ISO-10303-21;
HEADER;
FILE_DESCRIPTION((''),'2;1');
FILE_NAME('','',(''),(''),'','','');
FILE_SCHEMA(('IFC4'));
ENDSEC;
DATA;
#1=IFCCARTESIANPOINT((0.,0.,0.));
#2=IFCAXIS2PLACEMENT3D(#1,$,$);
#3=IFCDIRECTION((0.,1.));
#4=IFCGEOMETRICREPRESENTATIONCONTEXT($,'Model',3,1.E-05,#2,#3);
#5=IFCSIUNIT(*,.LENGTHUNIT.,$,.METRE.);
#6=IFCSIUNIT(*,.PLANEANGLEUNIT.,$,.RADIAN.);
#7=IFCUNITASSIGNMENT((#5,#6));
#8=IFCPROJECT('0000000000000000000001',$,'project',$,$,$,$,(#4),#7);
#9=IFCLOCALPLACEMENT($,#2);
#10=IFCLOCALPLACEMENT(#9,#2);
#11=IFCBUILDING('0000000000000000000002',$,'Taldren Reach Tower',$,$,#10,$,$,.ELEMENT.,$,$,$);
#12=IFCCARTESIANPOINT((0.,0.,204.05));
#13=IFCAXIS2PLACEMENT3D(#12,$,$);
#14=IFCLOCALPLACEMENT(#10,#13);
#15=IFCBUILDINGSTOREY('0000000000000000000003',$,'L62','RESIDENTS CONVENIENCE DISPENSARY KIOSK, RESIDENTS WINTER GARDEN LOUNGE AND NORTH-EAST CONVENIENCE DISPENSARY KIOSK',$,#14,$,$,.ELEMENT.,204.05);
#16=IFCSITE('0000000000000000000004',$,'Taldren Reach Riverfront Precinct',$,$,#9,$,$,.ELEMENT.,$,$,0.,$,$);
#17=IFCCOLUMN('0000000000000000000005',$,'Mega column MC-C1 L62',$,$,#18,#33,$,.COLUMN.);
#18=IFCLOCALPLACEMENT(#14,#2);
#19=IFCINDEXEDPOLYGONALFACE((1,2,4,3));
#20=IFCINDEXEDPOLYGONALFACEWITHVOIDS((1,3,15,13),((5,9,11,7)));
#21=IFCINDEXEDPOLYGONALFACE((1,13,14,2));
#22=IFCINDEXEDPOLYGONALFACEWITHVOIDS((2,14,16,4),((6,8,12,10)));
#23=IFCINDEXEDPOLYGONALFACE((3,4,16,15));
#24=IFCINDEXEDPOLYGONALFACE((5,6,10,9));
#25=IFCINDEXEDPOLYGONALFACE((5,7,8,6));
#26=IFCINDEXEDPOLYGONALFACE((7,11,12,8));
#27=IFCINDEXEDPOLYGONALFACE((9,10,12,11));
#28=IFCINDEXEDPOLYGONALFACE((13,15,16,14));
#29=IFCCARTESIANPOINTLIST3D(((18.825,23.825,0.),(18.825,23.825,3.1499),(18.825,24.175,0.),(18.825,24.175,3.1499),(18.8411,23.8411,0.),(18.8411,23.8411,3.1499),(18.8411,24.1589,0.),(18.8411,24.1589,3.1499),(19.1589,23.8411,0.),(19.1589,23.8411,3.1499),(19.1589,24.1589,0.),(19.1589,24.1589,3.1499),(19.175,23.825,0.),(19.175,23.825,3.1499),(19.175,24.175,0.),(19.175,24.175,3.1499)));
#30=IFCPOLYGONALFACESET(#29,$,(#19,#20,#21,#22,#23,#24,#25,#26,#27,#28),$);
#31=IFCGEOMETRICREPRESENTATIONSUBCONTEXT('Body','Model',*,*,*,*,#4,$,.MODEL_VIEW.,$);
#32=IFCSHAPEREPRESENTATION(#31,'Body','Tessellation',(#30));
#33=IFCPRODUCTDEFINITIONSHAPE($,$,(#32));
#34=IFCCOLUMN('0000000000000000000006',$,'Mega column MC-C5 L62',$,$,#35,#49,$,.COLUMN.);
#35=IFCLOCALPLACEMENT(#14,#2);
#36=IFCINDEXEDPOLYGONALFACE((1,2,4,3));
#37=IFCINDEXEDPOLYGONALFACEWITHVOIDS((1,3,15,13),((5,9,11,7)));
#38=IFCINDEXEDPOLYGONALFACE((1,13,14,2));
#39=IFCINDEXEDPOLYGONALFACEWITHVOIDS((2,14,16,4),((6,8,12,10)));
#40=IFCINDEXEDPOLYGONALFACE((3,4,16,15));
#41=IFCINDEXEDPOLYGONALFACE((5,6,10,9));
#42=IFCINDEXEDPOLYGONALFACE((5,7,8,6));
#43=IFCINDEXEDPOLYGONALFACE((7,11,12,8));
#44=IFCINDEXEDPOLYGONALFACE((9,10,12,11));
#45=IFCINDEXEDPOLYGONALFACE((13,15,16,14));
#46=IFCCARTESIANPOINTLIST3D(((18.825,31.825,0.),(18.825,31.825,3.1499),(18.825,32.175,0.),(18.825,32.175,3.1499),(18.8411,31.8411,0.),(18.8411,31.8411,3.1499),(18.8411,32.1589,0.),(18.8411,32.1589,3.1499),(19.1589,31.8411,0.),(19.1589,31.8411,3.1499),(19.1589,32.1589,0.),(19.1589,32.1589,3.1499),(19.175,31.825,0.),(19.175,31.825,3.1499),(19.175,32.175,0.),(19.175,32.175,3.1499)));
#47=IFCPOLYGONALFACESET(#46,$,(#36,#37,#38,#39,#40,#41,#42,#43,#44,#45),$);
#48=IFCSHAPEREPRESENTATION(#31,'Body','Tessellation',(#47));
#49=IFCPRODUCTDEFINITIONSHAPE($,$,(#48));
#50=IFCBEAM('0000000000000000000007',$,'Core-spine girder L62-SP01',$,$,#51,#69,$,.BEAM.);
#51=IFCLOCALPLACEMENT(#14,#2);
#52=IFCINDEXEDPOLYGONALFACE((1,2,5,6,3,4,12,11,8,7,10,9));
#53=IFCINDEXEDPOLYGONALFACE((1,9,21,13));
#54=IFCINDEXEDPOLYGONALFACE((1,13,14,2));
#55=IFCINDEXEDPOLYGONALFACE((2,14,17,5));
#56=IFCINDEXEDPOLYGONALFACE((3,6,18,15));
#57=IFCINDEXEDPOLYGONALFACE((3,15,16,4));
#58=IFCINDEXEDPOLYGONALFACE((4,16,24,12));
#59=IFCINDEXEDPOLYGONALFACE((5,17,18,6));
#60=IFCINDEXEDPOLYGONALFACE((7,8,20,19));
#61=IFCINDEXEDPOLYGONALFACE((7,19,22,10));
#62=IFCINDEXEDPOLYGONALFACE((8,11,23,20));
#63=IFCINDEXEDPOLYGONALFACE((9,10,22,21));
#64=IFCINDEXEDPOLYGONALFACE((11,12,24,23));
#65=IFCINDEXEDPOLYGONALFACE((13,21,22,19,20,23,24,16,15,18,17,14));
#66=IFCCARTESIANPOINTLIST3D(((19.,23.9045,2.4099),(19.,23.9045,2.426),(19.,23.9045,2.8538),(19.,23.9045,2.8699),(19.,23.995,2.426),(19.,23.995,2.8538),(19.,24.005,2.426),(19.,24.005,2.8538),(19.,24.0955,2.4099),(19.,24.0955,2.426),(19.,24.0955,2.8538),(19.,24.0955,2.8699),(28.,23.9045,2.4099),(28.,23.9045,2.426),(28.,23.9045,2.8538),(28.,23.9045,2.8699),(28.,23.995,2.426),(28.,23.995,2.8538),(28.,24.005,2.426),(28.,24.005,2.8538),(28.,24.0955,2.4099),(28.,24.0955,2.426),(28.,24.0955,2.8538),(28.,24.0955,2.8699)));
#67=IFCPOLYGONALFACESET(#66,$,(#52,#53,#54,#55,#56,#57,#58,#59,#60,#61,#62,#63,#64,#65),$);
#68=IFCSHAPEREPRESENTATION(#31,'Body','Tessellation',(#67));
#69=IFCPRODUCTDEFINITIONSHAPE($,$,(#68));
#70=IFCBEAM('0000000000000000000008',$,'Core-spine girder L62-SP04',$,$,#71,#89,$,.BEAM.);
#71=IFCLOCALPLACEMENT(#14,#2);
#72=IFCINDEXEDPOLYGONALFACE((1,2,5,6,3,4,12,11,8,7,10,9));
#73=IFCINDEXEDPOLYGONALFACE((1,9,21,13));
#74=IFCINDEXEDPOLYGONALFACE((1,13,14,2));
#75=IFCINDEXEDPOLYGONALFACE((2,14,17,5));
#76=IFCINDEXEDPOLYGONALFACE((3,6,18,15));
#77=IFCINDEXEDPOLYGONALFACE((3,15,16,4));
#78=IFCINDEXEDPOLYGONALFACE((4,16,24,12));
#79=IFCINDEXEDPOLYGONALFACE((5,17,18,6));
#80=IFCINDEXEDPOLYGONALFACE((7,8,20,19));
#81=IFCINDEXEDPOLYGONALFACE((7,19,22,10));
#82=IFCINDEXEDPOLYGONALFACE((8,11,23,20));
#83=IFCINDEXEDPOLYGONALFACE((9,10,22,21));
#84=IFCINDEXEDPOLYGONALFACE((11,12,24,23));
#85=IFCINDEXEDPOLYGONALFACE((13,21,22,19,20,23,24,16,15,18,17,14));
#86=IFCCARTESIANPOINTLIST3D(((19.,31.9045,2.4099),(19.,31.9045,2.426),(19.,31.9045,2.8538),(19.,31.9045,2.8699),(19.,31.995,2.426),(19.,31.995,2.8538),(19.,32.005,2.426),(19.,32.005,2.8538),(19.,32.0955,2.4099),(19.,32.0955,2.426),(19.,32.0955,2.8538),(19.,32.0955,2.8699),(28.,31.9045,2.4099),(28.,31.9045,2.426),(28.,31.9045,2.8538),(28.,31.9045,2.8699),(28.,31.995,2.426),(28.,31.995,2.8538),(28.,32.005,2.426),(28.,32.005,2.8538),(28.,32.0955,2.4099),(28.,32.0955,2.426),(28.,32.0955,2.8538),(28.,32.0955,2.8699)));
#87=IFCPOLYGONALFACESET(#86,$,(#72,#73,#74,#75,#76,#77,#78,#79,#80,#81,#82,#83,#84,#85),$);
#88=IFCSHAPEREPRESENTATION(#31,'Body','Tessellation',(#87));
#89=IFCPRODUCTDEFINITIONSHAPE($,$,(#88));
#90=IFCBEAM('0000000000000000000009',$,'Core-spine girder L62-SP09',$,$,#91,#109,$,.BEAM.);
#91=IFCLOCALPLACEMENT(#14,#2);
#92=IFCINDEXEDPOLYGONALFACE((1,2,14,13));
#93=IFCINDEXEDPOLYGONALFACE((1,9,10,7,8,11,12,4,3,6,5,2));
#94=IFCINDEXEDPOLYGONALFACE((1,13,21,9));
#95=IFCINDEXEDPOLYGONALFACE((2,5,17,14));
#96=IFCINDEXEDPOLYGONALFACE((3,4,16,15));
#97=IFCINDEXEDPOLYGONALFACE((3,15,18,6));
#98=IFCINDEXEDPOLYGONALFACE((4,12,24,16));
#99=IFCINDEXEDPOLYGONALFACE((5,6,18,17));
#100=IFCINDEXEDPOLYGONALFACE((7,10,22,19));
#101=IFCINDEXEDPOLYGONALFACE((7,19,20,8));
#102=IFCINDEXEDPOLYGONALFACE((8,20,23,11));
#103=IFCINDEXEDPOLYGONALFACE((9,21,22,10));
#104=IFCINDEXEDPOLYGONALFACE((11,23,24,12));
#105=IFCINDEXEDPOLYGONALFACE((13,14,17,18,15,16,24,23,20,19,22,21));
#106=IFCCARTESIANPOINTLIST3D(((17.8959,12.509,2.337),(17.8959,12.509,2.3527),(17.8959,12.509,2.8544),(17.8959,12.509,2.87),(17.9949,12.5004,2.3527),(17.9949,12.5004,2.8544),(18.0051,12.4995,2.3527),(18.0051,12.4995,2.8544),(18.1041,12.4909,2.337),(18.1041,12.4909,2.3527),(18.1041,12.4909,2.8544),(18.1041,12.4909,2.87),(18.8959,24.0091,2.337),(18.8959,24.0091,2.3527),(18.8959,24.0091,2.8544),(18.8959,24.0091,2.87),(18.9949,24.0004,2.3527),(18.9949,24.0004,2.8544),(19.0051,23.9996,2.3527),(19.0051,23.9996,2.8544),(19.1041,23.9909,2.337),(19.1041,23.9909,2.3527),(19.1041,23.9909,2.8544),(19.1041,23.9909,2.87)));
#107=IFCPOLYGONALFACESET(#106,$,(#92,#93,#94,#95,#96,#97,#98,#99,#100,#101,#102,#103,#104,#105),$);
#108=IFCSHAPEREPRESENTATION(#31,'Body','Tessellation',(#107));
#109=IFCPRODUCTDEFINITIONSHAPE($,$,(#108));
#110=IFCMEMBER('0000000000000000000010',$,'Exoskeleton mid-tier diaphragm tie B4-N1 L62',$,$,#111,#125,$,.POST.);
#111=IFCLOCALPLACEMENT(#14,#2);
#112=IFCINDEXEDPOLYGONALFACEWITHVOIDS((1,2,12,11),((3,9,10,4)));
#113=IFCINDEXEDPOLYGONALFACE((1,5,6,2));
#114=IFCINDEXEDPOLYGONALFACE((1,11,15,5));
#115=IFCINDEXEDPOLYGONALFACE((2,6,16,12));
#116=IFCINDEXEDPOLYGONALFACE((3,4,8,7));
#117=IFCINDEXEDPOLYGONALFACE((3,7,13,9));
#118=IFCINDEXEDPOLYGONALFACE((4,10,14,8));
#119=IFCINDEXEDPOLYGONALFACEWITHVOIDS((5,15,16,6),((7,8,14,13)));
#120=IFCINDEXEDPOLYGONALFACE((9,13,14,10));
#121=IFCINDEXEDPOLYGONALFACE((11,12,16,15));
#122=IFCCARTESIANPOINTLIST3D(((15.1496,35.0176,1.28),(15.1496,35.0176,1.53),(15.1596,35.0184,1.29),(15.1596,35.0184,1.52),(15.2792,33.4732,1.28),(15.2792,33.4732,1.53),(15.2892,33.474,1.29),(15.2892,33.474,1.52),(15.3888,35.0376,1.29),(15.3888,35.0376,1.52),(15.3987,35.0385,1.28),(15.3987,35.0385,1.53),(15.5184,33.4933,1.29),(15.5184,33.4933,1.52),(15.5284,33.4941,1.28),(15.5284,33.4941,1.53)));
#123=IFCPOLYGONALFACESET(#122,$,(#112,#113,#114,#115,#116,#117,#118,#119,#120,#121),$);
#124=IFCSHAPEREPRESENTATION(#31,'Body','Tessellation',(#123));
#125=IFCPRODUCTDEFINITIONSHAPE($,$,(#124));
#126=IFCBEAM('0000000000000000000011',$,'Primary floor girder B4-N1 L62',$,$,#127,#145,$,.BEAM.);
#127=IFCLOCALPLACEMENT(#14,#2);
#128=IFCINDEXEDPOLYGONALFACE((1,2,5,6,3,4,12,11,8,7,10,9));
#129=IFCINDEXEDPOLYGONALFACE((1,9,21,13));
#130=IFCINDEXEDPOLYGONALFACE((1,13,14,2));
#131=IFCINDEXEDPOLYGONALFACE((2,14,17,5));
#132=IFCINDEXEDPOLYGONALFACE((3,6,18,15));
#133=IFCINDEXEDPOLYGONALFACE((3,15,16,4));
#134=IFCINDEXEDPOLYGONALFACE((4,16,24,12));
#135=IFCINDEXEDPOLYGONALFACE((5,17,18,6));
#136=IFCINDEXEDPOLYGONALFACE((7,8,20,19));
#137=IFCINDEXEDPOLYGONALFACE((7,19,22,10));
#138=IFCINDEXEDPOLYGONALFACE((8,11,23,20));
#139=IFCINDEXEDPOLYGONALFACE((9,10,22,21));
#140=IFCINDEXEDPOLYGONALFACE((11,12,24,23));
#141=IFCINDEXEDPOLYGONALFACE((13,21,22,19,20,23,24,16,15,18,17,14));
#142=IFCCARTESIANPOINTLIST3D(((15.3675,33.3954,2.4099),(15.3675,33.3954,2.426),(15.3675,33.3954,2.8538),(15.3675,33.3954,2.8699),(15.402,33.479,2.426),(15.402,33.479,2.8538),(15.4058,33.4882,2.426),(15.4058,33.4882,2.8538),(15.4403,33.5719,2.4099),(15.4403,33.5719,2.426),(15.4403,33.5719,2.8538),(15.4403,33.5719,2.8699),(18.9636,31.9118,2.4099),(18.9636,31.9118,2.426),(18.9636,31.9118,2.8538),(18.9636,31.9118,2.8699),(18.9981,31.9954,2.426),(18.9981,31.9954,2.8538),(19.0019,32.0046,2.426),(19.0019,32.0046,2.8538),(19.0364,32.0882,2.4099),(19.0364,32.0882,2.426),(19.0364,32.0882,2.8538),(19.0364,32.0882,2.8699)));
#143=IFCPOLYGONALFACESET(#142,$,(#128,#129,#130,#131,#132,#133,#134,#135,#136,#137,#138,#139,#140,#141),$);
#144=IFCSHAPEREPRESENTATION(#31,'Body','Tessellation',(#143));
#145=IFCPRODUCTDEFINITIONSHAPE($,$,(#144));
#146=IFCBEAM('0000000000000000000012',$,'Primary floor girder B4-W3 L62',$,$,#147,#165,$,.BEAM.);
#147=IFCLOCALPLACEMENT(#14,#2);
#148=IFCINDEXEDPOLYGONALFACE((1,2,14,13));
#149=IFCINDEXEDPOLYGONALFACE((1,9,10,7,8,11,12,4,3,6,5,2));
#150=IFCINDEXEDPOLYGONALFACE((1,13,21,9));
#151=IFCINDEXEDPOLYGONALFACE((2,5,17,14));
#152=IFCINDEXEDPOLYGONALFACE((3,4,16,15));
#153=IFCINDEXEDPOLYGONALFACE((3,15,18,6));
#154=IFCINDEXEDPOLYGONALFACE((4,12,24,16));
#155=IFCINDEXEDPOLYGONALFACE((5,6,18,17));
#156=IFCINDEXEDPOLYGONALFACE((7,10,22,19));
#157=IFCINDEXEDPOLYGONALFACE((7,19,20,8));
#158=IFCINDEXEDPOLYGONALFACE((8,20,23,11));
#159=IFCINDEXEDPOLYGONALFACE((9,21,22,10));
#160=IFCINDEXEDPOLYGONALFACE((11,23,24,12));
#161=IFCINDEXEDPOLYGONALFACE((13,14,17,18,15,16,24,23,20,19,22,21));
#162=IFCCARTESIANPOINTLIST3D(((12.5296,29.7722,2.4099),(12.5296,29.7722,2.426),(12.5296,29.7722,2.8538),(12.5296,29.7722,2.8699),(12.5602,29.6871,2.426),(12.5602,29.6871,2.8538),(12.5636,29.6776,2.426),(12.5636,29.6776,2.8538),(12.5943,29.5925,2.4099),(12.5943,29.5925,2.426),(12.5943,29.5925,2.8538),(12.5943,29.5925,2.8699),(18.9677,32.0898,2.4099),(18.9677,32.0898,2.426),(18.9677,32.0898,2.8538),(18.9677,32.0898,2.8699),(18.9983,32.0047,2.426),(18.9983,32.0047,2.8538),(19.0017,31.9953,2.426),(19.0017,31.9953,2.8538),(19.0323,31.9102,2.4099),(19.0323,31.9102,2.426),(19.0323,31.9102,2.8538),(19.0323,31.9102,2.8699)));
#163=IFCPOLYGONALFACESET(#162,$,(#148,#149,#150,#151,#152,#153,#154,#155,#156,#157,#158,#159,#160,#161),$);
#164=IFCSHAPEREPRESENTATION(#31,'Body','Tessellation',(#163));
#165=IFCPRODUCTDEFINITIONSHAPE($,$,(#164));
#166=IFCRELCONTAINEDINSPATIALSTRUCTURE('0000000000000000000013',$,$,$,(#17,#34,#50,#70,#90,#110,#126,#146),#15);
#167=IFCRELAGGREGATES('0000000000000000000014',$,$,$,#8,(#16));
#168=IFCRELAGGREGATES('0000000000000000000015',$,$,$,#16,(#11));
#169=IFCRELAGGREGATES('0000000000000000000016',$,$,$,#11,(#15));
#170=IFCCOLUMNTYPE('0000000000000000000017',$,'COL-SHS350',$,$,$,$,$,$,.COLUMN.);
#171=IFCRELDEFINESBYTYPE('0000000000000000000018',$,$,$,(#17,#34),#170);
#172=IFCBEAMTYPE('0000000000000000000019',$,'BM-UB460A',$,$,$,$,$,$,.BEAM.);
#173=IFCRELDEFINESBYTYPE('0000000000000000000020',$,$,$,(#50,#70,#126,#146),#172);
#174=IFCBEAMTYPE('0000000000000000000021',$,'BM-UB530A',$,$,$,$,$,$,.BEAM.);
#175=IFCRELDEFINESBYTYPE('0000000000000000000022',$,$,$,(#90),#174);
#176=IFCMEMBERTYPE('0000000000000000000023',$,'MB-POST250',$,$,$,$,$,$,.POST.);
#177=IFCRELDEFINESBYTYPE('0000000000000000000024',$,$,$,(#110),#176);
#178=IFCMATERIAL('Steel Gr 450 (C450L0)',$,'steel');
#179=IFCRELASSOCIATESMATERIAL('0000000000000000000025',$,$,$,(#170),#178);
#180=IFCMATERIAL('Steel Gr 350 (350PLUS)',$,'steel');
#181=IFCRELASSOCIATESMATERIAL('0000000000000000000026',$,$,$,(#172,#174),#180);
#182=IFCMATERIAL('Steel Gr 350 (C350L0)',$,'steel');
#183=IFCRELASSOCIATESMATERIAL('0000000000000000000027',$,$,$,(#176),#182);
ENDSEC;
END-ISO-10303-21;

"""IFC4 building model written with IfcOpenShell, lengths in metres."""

from ifc_helpers import new_model, si_unit, direction, frame, origin, origin_2d, place, context, subcontext, project, spatial, hollow_rectangle, i_section, extrude, source, transform, mapped, material, material_profile, profile_set, type_object, element, save


model = new_model("IFC4")

# Units and contexts
model_context = context("Model", 3, precision=1e-05, world=origin(), true_north=direction((0.0, 1.0)))
body_context = subcontext(model_context, "Body", "Model", "MODEL_VIEW")
ifc_project = project(units=[si_unit("LENGTHUNIT", "METRE"), si_unit("PLANEANGLEUNIT", "RADIAN")], contexts=[model_context])

# Site, building, storey
site_placement = place(None, origin())
site = spatial("IfcSite", under=ifc_project, at=site_placement, Name="Taldren Reach Riverfront Precinct", CompositionType="ELEMENT", RefElevation=0.0)
building_placement = place(site_placement, origin())
building = spatial("IfcBuilding", under=site, at=building_placement, Name="Taldren Reach Tower", CompositionType="ELEMENT")
storey_placement = place(building_placement, frame((0.0, 0.0, 204.05)))
storey = spatial("IfcBuildingStorey", under=building, at=storey_placement, Name="L62", Description="RESIDENTS CONVENIENCE DISPENSARY KIOSK, RESIDENTS WINTER GARDEN LOUNGE AND NORTH-EAST CONVENIENCE DISPENSARY KIOSK", CompositionType="ELEMENT", Elevation=204.05)

# Columns
ifc_material_1 = material(Name="Steel Gr 450 (C450L0)", Category="steel")
ifc_material_profile_1 = material_profile(ifc_material_1, hollow_rectangle(XDim=0.3501, YDim=0.3501, WallThickness=0.0161, at=origin_2d()), Name="350x350x16.0SHS")
ifc_profile_set_1 = profile_set([ifc_material_profile_1], Name="Steel Gr 450 (C450L0)")
column_type = type_object("IfcColumnType", Name="COL-SHS350", PredefinedType="COLUMN", material=ifc_profile_set_1)
shared_shape_1 = source(origin(), body_context, "Body", "SweptSolid", [
    extrude(hollow_rectangle(XDim=0.3501, YDim=0.3501, WallThickness=0.0161, at=origin_2d()), origin(), (0.0, 0.0, 1.0), 3.1499),
])
for number, where, z_axis, x_axis, name in (
    (1, (19.0, 24.0, 0.0), (0.0, 0.0, 1.0), (1.0, 0.0, 0.0), "Mega column MC-C1 L62"),
    (2, (19.0, 32.0, 0.0), (0.0, 0.0, 1.0), (1.0, 0.0, 0.0), "Mega column MC-C5 L62"),
):
    element("IfcColumn", number, at=place(storey_placement, frame(where, z_axis=z_axis, x_axis=x_axis)), inside=storey, type_object=column_type, Name=name, PredefinedType="COLUMN", context=body_context, shape_type="MappedRepresentation", body=[
        mapped(shared_shape_1, transform((0.0, 0.0, 0.0), scale=1.0)),
    ])

# Beams
ifc_material_2 = material(Name="Steel Gr 350 (350PLUS)", Category="steel")
ifc_material_profile_2 = material_profile(ifc_material_2, i_section(OverallWidth=0.1909, OverallDepth=0.46, WebThickness=0.01, FlangeThickness=0.0161, at=origin_2d()), Name="460UB82.1")
ifc_profile_set_2 = profile_set([ifc_material_profile_2], Name="Steel Gr 350 (350PLUS)")
beam_type_1 = type_object("IfcBeamType", Name="BM-UB460A", PredefinedType="BEAM", material=ifc_profile_set_2)
shared_shape_2 = source(origin(), body_context, "Body", "SweptSolid", [
    extrude(i_section(OverallWidth=0.1909, OverallDepth=0.46, WebThickness=0.01, FlangeThickness=0.0161, at=origin_2d()), origin(), (0.0, 0.0, 1.0), 9.0),
])
for number, where, z_axis, x_axis, name in (
    (3, (19.0, 24.0, 2.6399), (1.0, 0.0, 0.0), (0.0, 1.0, 0.0), "Core-spine girder L62-SP01"),
    (4, (19.0, 32.0, 2.6399), (1.0, 0.0, 0.0), (0.0, 1.0, 0.0), "Core-spine girder L62-SP04"),
):
    element("IfcBeam", number, at=place(storey_placement, frame(where, z_axis=z_axis, x_axis=x_axis)), inside=storey, type_object=beam_type_1, Name=name, PredefinedType="BEAM", context=body_context, shape_type="MappedRepresentation", body=[
        mapped(shared_shape_2, transform((0.0, 0.0, 0.0), scale=1.0)),
    ])
ifc_material_profile_3 = material_profile(ifc_material_2, i_section(OverallWidth=0.209, OverallDepth=0.533, WebThickness=0.0103, FlangeThickness=0.0156, at=origin_2d()), Name="530UB92.4")
ifc_profile_set_3 = profile_set([ifc_material_profile_3], Name="Steel Gr 350 (350PLUS)")
beam_type_2 = type_object("IfcBeamType", Name="BM-UB530A", PredefinedType="BEAM", material=ifc_profile_set_3)
shared_shape_3 = source(origin(), body_context, "Body", "SweptSolid", [
    extrude(i_section(OverallWidth=0.209, OverallDepth=0.533, WebThickness=0.0103, FlangeThickness=0.0156, at=origin_2d()), origin(), (0.0, 0.0, 1.0), 11.5435),
])
beam_1_placement = place(storey_placement, frame((19.0, 24.0, 2.6035), z_axis=(-0.08663, -0.996241, 0.0), x_axis=(0.996241, -0.08663, 0.0)))
element("IfcBeam", 5, at=beam_1_placement, inside=storey, type_object=beam_type_2, Name="Core-spine girder L62-SP09", PredefinedType="BEAM", context=body_context, shape_type="MappedRepresentation", body=[
    mapped(shared_shape_3, transform((0.0, 0.0, 0.0), scale=1.0)),
])

# Member
ifc_material_3 = material(Name="Steel Gr 350 (C350L0)", Category="steel")
ifc_material_profile_4 = material_profile(ifc_material_3, hollow_rectangle(XDim=0.25, YDim=0.25, WallThickness=0.01, at=origin_2d()), Name="250x250x10.0SHS")
ifc_profile_set_4 = profile_set([ifc_material_profile_4], Name="Steel Gr 350 (C350L0)")
member_type_1 = type_object("IfcMemberType", Name="MB-POST250", PredefinedType="POST", material=ifc_profile_set_4)
shared_shape_4 = source(origin(), body_context, "Body", "SweptSolid", [
    extrude(hollow_rectangle(XDim=0.25, YDim=0.25, WallThickness=0.01, at=origin_2d()), origin(), (0.0, 0.0, 1.0), 1.5498),
])
member_1_placement = place(storey_placement, frame((15.4038, 33.4836, 1.405), z_axis=(-0.083645, 0.996496, 0.0), x_axis=(-0.996496, -0.083645, 0.0)))
element("IfcMember", 6, at=member_1_placement, inside=storey, type_object=member_type_1, Name="Exoskeleton mid-tier diaphragm tie B4-N1 L62", PredefinedType="POST", context=body_context, shape_type="MappedRepresentation", body=[
    mapped(shared_shape_4, transform((0.0, 0.0, 0.0), scale=1.0)),
])

# Beams
shared_shape_5 = source(origin(), body_context, "Body", "SweptSolid", [
    extrude(i_section(OverallWidth=0.1909, OverallDepth=0.46, WebThickness=0.01, FlangeThickness=0.0161, at=origin_2d()), origin(), (0.0, 0.0, 1.0), 3.8901),
])
beam_2_placement = place(storey_placement, frame((19.0, 32.0, 2.6399), z_axis=(-0.924419, 0.381378, 0.0), x_axis=(-0.381378, -0.924419, 0.0)))
element("IfcBeam", 7, at=beam_2_placement, inside=storey, type_object=beam_type_1, Name="Primary floor girder B4-N1 L62", PredefinedType="BEAM", context=body_context, shape_type="MappedRepresentation", body=[
    mapped(shared_shape_5, transform((0.0, 0.0, 0.0), scale=1.0)),
])
shared_shape_6 = source(origin(), body_context, "Body", "SweptSolid", [
    extrude(i_section(OverallWidth=0.1909, OverallDepth=0.46, WebThickness=0.01, FlangeThickness=0.0161, at=origin_2d()), origin(), (0.0, 0.0, 1.0), 6.8425),
])
beam_3_placement = place(storey_placement, frame((19.0, 32.0, 2.6399), z_axis=(-0.94089, -0.338713, 0.0), x_axis=(0.338713, -0.94089, 0.0)))
element("IfcBeam", 8, at=beam_3_placement, inside=storey, type_object=beam_type_1, Name="Primary floor girder B4-W3 L62", PredefinedType="BEAM", context=body_context, shape_type="MappedRepresentation", body=[
    mapped(shared_shape_6, transform((0.0, 0.0, 0.0), scale=1.0)),
])

save(model, "model.ifc")
